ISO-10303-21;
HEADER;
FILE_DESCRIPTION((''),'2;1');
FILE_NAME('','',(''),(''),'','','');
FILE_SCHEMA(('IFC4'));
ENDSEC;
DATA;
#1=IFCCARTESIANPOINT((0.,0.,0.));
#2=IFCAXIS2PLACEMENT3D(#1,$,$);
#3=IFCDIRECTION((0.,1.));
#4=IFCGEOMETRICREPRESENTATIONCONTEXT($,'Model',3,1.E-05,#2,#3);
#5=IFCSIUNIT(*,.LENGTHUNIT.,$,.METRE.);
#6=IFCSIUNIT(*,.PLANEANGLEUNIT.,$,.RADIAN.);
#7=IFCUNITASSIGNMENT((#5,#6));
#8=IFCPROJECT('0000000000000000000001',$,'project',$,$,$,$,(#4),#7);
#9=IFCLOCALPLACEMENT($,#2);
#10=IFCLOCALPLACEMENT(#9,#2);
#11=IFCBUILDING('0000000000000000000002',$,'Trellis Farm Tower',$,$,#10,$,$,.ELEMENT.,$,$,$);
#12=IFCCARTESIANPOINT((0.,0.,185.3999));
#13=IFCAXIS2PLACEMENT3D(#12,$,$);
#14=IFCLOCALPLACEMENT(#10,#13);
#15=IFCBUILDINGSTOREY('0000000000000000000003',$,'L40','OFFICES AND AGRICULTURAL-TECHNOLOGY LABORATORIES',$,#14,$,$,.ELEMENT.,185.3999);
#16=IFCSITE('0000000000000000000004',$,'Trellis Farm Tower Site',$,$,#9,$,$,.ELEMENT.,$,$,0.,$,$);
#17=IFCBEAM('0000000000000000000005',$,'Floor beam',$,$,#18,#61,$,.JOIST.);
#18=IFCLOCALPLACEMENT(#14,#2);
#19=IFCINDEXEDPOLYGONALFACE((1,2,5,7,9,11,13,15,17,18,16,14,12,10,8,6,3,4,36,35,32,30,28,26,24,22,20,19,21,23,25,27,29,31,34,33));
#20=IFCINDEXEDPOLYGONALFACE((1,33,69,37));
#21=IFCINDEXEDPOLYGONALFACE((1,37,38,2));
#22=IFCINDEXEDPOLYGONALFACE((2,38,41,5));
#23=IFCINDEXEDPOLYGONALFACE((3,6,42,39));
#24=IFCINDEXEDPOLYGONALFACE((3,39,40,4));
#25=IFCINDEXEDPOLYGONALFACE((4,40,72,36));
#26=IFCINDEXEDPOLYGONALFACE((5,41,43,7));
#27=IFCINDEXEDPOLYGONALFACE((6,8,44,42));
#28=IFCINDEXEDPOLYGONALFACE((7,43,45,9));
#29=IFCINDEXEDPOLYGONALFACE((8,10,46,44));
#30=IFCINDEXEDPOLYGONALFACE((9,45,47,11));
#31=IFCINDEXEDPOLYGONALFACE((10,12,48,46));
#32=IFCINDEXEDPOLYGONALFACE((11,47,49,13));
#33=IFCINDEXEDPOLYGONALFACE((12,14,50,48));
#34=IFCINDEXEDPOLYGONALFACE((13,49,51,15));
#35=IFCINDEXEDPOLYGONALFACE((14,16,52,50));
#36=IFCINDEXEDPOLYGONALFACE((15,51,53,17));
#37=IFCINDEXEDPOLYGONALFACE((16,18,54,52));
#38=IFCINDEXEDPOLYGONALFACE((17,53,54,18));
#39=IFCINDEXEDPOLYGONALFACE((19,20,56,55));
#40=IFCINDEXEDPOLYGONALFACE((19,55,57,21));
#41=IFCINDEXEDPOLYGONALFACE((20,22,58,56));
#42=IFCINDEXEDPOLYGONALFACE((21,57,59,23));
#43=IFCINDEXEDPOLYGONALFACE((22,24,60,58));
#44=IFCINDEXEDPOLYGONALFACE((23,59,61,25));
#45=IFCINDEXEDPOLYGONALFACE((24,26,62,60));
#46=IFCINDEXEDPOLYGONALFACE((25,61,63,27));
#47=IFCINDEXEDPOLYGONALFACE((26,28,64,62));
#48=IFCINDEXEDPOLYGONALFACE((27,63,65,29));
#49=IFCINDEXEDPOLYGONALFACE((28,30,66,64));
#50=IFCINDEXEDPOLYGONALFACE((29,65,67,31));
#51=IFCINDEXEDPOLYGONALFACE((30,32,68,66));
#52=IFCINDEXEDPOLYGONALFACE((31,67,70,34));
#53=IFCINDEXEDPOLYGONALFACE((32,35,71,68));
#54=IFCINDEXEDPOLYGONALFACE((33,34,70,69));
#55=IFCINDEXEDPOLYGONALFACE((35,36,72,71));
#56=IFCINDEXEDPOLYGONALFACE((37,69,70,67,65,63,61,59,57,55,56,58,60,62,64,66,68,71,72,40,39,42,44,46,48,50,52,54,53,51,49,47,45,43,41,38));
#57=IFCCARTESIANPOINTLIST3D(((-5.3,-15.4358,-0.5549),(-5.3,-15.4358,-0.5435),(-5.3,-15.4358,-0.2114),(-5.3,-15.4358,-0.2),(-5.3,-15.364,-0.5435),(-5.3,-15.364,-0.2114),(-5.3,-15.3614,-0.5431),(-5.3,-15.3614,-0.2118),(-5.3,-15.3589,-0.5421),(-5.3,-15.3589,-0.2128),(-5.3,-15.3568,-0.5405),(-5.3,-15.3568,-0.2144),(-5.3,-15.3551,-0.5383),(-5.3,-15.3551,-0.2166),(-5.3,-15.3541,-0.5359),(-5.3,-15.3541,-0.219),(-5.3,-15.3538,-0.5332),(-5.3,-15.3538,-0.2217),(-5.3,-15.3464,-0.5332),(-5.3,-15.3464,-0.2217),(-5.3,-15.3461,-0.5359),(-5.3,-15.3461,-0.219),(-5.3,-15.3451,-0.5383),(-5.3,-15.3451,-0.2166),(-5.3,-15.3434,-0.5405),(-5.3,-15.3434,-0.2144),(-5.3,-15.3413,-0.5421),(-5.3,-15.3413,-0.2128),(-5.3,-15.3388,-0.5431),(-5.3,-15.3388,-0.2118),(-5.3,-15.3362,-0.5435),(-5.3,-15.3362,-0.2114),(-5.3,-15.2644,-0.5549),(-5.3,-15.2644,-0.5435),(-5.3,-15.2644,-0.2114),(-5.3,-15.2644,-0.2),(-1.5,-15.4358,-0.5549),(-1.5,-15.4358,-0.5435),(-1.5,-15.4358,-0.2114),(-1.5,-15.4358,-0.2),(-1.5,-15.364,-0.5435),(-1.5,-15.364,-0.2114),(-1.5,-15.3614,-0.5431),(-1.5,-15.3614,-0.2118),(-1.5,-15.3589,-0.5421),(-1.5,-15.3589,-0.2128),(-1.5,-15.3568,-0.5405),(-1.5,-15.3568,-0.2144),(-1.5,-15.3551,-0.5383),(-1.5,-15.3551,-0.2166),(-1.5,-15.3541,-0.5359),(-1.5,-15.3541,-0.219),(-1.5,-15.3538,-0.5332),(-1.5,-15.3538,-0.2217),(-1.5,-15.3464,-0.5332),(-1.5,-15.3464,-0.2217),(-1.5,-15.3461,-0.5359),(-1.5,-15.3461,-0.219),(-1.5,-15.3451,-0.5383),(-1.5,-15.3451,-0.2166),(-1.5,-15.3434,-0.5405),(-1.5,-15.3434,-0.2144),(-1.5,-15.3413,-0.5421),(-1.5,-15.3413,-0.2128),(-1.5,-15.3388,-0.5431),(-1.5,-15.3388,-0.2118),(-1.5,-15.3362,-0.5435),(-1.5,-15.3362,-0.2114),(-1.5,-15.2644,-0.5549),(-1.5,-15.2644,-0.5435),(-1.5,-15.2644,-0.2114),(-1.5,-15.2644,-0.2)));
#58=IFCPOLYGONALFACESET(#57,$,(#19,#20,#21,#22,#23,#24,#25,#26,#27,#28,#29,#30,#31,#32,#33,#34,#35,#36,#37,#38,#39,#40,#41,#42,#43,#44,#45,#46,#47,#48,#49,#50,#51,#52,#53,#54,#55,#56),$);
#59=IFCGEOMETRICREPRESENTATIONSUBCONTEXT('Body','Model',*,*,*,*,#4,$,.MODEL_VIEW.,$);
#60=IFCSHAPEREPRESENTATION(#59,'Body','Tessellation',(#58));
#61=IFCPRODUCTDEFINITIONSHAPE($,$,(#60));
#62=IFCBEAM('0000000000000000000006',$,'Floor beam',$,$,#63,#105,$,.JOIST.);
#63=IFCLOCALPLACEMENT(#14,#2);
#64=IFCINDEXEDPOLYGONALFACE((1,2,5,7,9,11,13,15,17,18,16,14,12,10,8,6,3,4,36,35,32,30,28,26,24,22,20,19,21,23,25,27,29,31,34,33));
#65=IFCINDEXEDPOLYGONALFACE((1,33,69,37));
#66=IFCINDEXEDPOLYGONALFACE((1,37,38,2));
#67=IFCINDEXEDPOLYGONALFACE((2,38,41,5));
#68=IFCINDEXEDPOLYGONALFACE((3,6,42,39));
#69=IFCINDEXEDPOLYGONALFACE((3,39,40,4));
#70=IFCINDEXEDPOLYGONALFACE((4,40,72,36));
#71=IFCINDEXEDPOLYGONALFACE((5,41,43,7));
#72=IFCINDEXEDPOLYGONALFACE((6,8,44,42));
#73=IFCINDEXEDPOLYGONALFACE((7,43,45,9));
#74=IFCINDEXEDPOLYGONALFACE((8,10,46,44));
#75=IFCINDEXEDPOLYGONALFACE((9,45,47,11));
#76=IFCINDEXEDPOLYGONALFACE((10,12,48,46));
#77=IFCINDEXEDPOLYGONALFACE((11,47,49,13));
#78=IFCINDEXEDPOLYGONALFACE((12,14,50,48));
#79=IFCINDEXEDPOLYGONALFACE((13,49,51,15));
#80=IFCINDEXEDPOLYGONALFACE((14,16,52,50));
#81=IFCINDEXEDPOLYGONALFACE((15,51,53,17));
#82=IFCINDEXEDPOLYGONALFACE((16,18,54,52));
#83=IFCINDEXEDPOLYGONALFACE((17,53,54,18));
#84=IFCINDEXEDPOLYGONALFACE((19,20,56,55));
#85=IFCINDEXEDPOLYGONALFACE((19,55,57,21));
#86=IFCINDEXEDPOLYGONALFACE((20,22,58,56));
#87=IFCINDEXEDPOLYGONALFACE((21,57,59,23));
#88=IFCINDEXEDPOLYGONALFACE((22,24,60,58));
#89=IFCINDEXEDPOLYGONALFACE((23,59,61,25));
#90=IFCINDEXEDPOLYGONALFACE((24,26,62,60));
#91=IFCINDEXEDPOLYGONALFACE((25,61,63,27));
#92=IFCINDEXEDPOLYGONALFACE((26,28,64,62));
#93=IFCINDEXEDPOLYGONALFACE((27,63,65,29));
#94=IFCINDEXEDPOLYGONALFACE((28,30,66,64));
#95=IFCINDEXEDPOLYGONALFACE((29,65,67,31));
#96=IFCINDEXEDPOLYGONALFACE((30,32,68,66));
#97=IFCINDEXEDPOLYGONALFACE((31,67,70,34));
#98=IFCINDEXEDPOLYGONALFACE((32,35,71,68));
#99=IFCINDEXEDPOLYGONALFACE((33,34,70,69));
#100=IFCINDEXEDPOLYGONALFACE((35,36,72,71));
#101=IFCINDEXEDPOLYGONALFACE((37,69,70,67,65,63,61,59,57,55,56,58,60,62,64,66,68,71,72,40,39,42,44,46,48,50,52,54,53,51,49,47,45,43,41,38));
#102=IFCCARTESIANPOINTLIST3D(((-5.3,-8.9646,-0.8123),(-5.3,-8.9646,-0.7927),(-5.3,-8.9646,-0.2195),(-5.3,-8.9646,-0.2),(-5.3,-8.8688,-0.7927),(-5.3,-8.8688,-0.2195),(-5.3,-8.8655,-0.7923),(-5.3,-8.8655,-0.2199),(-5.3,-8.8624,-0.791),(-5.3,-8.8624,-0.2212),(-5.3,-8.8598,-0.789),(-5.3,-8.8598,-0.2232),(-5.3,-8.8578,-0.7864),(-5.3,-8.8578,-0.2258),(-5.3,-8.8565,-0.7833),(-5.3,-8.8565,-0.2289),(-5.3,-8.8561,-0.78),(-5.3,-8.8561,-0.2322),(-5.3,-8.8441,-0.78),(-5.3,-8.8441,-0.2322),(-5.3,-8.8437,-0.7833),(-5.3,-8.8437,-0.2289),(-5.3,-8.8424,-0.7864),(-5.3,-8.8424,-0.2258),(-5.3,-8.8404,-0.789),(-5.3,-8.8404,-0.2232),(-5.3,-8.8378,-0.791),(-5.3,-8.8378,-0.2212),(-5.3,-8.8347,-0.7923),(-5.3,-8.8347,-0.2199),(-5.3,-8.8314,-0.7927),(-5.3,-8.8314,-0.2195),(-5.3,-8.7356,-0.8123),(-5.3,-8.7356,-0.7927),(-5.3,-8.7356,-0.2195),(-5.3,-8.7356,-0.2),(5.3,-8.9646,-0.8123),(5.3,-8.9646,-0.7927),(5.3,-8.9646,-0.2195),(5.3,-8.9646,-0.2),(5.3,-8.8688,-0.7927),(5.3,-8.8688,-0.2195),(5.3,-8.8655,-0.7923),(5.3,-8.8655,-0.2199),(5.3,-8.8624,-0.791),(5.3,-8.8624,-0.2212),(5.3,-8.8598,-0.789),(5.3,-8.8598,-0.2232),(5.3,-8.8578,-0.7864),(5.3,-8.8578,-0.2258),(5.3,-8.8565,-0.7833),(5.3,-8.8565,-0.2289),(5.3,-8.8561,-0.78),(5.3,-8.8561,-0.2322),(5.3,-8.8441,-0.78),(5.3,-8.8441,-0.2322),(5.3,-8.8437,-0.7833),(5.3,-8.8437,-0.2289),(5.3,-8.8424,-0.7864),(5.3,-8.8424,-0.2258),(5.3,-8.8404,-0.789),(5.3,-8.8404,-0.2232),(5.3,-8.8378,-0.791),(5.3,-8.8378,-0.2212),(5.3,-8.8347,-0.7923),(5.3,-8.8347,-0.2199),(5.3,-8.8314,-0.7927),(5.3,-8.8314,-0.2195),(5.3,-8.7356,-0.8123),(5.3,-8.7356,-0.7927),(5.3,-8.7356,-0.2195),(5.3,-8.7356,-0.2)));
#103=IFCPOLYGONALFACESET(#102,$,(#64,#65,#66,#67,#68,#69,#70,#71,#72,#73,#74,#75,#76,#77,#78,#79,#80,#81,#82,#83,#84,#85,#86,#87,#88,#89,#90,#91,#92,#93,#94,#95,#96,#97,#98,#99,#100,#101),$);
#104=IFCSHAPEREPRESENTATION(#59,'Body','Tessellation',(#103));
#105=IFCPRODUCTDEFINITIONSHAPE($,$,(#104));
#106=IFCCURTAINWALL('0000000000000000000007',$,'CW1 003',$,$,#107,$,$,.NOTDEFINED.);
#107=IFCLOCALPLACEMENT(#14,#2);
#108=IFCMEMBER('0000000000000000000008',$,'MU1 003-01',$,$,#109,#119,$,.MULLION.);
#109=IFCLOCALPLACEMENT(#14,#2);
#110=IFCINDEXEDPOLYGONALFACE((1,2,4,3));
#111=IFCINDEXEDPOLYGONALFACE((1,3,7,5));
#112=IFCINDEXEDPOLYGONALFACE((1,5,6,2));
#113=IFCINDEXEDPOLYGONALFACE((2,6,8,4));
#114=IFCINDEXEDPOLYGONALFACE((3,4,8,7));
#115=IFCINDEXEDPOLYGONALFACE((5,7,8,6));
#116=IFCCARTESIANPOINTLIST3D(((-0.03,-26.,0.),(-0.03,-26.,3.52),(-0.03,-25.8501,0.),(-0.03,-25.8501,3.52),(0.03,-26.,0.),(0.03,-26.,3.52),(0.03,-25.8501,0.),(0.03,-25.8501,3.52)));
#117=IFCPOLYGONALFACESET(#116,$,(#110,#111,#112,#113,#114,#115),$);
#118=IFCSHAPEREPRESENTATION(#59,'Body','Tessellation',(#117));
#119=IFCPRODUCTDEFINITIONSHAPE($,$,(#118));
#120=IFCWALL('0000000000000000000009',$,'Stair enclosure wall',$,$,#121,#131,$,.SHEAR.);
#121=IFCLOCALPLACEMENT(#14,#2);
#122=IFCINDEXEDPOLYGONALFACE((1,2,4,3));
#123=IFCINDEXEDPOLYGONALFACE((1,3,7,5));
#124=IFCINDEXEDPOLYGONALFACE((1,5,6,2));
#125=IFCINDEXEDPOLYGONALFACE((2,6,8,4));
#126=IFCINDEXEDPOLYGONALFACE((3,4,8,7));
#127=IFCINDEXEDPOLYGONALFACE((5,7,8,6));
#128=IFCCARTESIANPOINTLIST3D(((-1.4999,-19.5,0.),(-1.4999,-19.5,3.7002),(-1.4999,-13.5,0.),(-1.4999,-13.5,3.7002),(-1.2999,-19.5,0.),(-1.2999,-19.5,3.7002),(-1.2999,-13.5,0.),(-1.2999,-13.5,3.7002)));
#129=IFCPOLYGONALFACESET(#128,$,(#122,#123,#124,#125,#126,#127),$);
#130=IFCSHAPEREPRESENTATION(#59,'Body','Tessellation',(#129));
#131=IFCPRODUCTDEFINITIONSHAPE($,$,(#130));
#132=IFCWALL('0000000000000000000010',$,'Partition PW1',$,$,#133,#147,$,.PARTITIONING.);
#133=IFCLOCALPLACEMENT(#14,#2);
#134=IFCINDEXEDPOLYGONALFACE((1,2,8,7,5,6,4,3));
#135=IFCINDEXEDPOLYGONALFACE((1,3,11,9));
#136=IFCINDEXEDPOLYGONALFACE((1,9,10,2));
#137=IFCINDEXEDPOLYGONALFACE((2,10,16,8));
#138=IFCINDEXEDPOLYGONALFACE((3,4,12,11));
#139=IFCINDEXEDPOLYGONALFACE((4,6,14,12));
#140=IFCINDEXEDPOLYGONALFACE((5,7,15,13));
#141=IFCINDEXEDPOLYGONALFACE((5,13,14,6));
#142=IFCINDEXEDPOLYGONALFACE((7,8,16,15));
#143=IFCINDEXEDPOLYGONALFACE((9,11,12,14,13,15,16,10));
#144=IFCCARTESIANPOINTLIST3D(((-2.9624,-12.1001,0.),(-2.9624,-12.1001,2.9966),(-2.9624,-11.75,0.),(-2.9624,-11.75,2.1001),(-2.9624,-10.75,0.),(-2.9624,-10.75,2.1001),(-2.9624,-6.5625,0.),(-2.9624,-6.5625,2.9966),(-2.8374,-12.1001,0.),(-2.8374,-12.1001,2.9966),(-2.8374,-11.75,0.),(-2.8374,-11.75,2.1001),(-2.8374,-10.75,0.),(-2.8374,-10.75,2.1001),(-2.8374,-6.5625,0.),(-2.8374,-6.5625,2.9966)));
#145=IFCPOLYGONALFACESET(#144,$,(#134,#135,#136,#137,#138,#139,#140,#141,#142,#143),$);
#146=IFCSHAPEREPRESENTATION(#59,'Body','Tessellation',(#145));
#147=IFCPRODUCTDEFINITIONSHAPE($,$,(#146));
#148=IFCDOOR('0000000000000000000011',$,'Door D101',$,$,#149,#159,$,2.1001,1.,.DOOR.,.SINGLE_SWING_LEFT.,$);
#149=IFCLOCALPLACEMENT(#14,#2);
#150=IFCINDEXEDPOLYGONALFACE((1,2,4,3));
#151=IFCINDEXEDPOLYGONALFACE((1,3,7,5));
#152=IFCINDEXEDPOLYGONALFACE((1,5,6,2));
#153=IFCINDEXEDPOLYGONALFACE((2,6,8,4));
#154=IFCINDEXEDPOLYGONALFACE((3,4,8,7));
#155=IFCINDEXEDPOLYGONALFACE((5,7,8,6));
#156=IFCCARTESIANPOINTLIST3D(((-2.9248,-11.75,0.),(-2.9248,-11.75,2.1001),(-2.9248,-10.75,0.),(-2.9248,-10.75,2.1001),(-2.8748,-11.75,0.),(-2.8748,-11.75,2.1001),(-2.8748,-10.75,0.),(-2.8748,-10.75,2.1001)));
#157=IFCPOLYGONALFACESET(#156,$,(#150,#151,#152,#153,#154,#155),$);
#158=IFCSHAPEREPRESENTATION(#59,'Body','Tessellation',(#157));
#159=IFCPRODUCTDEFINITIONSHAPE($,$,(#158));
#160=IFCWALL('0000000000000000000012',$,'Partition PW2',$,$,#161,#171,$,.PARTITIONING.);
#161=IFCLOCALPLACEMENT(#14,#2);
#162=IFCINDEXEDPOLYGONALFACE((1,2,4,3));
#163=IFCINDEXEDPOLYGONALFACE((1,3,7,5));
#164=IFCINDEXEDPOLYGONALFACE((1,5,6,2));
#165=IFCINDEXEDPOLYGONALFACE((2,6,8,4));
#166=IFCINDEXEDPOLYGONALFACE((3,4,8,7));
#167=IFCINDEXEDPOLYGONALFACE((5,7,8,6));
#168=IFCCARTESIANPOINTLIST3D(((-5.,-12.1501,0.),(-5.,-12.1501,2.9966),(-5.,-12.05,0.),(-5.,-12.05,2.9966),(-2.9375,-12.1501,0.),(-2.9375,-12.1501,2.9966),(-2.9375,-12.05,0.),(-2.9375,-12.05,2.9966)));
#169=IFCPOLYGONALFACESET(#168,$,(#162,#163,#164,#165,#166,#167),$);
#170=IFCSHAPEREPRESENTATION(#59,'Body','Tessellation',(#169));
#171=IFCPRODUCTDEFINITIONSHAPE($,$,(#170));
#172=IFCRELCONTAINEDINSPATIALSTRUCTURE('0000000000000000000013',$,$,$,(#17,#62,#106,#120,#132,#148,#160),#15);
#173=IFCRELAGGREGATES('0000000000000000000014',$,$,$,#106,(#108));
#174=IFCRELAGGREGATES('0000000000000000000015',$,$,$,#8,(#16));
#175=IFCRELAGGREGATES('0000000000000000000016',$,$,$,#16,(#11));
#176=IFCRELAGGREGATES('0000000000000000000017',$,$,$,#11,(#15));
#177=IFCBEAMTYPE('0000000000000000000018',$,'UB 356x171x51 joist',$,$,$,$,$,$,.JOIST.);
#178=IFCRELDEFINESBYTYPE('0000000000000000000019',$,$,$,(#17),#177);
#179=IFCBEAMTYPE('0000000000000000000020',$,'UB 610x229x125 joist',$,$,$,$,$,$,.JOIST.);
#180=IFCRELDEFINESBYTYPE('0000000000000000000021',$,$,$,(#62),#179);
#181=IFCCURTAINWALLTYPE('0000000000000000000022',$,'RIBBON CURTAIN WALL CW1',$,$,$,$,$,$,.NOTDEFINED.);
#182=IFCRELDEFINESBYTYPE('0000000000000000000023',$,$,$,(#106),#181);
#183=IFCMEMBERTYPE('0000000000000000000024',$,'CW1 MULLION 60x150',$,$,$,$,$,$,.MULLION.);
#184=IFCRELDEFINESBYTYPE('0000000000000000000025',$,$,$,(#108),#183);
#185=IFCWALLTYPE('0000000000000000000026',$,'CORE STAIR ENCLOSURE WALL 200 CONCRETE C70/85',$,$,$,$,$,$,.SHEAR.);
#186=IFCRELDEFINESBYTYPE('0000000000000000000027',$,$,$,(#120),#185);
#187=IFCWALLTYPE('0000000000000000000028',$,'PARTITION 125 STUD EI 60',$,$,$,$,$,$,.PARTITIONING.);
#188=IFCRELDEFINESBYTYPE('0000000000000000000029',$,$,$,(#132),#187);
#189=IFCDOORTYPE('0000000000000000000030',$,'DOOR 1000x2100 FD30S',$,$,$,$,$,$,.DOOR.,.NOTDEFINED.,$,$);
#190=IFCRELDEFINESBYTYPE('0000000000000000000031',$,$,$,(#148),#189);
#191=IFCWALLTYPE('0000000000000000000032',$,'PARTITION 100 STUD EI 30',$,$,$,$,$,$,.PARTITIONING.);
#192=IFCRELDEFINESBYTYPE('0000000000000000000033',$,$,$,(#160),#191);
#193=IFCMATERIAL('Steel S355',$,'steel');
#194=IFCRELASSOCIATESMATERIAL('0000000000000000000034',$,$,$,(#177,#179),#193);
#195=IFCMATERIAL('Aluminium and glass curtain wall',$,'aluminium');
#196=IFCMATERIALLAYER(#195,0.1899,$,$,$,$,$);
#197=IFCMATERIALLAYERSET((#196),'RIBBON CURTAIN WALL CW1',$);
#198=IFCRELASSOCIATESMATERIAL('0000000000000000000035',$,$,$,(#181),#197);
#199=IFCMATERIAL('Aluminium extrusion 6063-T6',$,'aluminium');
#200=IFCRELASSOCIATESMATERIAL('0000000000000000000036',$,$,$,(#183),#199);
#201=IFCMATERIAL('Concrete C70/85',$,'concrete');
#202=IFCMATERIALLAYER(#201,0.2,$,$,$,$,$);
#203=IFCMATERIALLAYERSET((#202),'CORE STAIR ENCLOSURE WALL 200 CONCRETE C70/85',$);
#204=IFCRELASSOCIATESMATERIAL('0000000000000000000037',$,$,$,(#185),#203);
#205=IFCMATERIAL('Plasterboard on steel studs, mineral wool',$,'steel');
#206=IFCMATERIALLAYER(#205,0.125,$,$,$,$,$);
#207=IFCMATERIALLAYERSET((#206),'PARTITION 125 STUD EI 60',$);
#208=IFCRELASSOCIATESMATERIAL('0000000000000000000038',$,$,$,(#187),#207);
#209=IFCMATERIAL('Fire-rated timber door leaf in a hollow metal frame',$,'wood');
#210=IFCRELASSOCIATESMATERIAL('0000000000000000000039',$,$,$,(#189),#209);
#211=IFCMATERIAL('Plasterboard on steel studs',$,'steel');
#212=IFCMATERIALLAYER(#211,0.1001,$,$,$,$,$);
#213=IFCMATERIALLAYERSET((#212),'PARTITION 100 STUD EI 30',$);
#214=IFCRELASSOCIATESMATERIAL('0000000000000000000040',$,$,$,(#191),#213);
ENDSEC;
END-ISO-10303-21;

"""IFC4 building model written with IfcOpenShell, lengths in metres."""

from ifc_helpers import new_model, si_unit, direction, frame, frame_2d, origin, origin_2d, place, context, subcontext, project, spatial, rectangle, i_section, extrude, source, transform, mapped, material, layer, layer_set, material_profile, profile_set, type_object, element, fill, aggregate, save


model = new_model("IFC4")

# Units and contexts
model_context = context("Model", 3, precision=1e-05, world=origin(), true_north=direction((0.0, 1.0)))
body_context = subcontext(model_context, "Body", "Model", "MODEL_VIEW")
ifc_project = project(units=[si_unit("LENGTHUNIT", "METRE"), si_unit("PLANEANGLEUNIT", "RADIAN")], contexts=[model_context])

# Site, building, storey
site_placement = place(None, origin())
site = spatial("IfcSite", under=ifc_project, at=site_placement, Name="Trellis Farm Tower Site", CompositionType="ELEMENT", RefElevation=0.0)
building_placement = place(site_placement, origin())
building = spatial("IfcBuilding", under=site, at=building_placement, Name="Trellis Farm Tower", CompositionType="ELEMENT")
storey_placement = place(building_placement, frame((0.0, 0.0, 185.3999)))
storey = spatial("IfcBuildingStorey", under=building, at=storey_placement, Name="L40", Description="OFFICES AND AGRICULTURAL-TECHNOLOGY LABORATORIES", CompositionType="ELEMENT", Elevation=185.3999)

# Shared definitions
ifc_material_1 = material(Name="Concrete C70/85", Category="concrete")

# Beams
ifc_material_2 = material(Name="Steel S355", Category="steel")
ifc_material_profile_1 = material_profile(ifc_material_2, i_section(OverallWidth=0.1714, OverallDepth=0.355, WebThickness=0.0073, FlangeThickness=0.0115, FilletRadius=0.0103, at=origin_2d()), Name="UB 356x171x51")
ifc_profile_set_1 = profile_set([ifc_material_profile_1], Name="Steel S355")
beam_type_1 = type_object("IfcBeamType", Name="UB 356x171x51 joist", PredefinedType="JOIST", material=ifc_profile_set_1)
shared_shape_1 = source(origin(), body_context, "Body", "SweptSolid", [
    extrude(i_section(OverallWidth=0.1714, OverallDepth=0.355, WebThickness=0.0073, FlangeThickness=0.0115, FilletRadius=0.0103, at=origin_2d()), origin(), (0.0, 0.0, 1.0), 3.8),
])
beam_1_placement = place(storey_placement, frame((-5.3, -15.3501, -0.3774), z_axis=(1.0, 0.0, 0.0), x_axis=(0.0, 1.0, 0.0)))
element("IfcBeam", 1, at=beam_1_placement, inside=storey, type_object=beam_type_1, Name="Floor beam", PredefinedType="JOIST", context=body_context, shape_type="MappedRepresentation", body=[
    mapped(shared_shape_1, transform((0.0, 0.0, 0.0))),
])
ifc_material_profile_2 = material_profile(ifc_material_2, i_section(OverallWidth=0.229, OverallDepth=0.6123, WebThickness=0.012, FlangeThickness=0.0195, FilletRadius=0.0127, at=origin_2d()), Name="UB 610x229x125")
ifc_profile_set_2 = profile_set([ifc_material_profile_2], Name="Steel S355")
beam_type_2 = type_object("IfcBeamType", Name="UB 610x229x125 joist", PredefinedType="JOIST", material=ifc_profile_set_2)
shared_shape_2 = source(origin(), body_context, "Body", "SweptSolid", [
    extrude(i_section(OverallWidth=0.229, OverallDepth=0.6123, WebThickness=0.012, FlangeThickness=0.0195, FilletRadius=0.0127, at=origin_2d()), origin(), (0.0, 0.0, 1.0), 10.6001),
])
beam_2_placement = place(storey_placement, frame((-5.3, -8.8501, -0.5061), z_axis=(1.0, 0.0, 0.0), x_axis=(0.0, 1.0, 0.0)))
element("IfcBeam", 2, at=beam_2_placement, inside=storey, type_object=beam_type_2, Name="Floor beam", PredefinedType="JOIST", context=body_context, shape_type="MappedRepresentation", body=[
    mapped(shared_shape_2, transform((0.0, 0.0, 0.0))),
])

# Curtain wall, member
ifc_material_3 = material(Name="Aluminium and glass curtain wall", Category="aluminium")
ifc_layer_1 = layer(ifc_material_3, 0.1899)
ifc_layer_set_1 = layer_set([ifc_layer_1], Name="RIBBON CURTAIN WALL CW1")
curtain_wall_type = type_object("IfcCurtainWallType", Name="RIBBON CURTAIN WALL CW1", PredefinedType="NOTDEFINED", material=ifc_layer_set_1)
placement = place(storey_placement, origin())
curtain_wall = element("IfcCurtainWall", 3, at=placement, inside=storey, type_object=curtain_wall_type, Name="CW1 003", PredefinedType="NOTDEFINED")
ifc_material_4 = material(Name="Aluminium extrusion 6063-T6", Category="aluminium")
ifc_material_profile_3 = material_profile(ifc_material_4, rectangle(XDim=0.0601, YDim=0.1499, at=origin_2d()), Name="MULLION 60x150")
ifc_profile_set_3 = profile_set([ifc_material_profile_3], Name="Aluminium extrusion 6063-T6")
member_type = type_object("IfcMemberType", Name="CW1 MULLION 60x150", PredefinedType="MULLION", material=ifc_profile_set_3)
shared_shape_3 = source(origin(), body_context, "Body", "SweptSolid", [
    extrude(rectangle(XDim=0.0601, YDim=0.1499, at=origin_2d()), origin(), (0.0, 0.0, 1.0), 3.52),
])
member_placement = place(storey_placement, frame((0.0, -25.925, 0.0), z_axis=(0.0, 0.0, 1.0), x_axis=(1.0, 0.0, 0.0)))
member = element("IfcMember", 4, at=member_placement, type_object=member_type, Name="MU1 003-01", PredefinedType="MULLION", context=body_context, shape_type="MappedRepresentation", body=[
    mapped(shared_shape_3, transform((0.0, 0.0, 0.0))),
])
aggregate(curtain_wall, [member])

# Wall
ifc_layer_2 = layer(ifc_material_1, 0.2)
ifc_layer_set_2 = layer_set([ifc_layer_2], Name="CORE STAIR ENCLOSURE WALL 200 CONCRETE C70/85")
wall_type_1 = type_object("IfcWallType", Name="CORE STAIR ENCLOSURE WALL 200 CONCRETE C70/85", PredefinedType="SHEAR", material=ifc_layer_set_2)
shared_shape_4 = source(origin(), body_context, "Body", "SweptSolid", [
    extrude(rectangle(XDim=6.0, YDim=0.2, at=frame_2d((3.0, 0.0))), origin(), (0.0, 0.0, 1.0), 3.7002),
])
wall_1_placement = place(storey_placement, frame((-1.3999, -13.5, 0.0), z_axis=(0.0, 0.0, 1.0), x_axis=(0.0, -1.0, 0.0)))
element("IfcWall", 5, at=wall_1_placement, inside=storey, type_object=wall_type_1, Name="Stair enclosure wall", PredefinedType="SHEAR", context=body_context, shape_type="MappedRepresentation", body=[
    mapped(shared_shape_4, transform((0.0, 0.0, 0.0))),
])

# Wall, opening, door
ifc_material_5 = material(Name="Plasterboard on steel studs, mineral wool", Category="steel")
ifc_layer_3 = layer(ifc_material_5, 0.125)
ifc_layer_set_3 = layer_set([ifc_layer_3], Name="PARTITION 125 STUD EI 60")
wall_type_2 = type_object("IfcWallType", Name="PARTITION 125 STUD EI 60", PredefinedType="PARTITIONING", material=ifc_layer_set_3)
shared_shape_5 = source(origin(), body_context, "Body", "SweptSolid", [
    extrude(rectangle(XDim=5.5376, YDim=0.125, at=frame_2d((2.7688, 0.0))), origin(), (0.0, 0.0, 1.0), 2.9966),
])
wall_2_placement = place(storey_placement, frame((-2.8999, -12.1001, 0.0), z_axis=(0.0, 0.0, 1.0), x_axis=(0.0, 1.0, 0.0)))
wall_2 = element("IfcWall", 6, at=wall_2_placement, inside=storey, type_object=wall_type_2, Name="Partition PW1", PredefinedType="PARTITIONING", context=body_context, shape_type="MappedRepresentation", body=[
    mapped(shared_shape_5, transform((0.0, 0.0, 0.0))),
])
shared_shape_6 = source(origin(), body_context, "Body", "SweptSolid", [
    extrude(rectangle(XDim=1.0, YDim=2.1001, at=frame_2d((0.5, 1.05))), frame((0.0, 0.0725, 0.0), z_axis=(0.0, -1.0, 0.0), x_axis=(1.0, 0.0, 0.0)), (0.0, 0.0, 1.0), 0.145),
])
opening_1_placement = place(wall_2_placement, frame((0.3501, 0.0, 0.0)))
opening_1 = element("IfcOpeningElement", 7, at=opening_1_placement, cuts=wall_2, PredefinedType="OPENING", context=body_context, shape_type="MappedRepresentation", body=[
    mapped(shared_shape_6, transform((0.0, 0.0, 0.0))),
])
ifc_material_6 = material(Name="Fire-rated timber door leaf in a hollow metal frame", Category="wood")
door_type_1 = type_object("IfcDoorType", Name="DOOR 1000x2100 FD30S", OperationType="NOTDEFINED", PredefinedType="DOOR", material=ifc_material_6)
shared_shape_7 = source(origin(), body_context, "Body", "SweptSolid", [
    extrude(rectangle(XDim=1.0, YDim=2.1001, at=frame_2d((0.5, 1.05))), frame((0.0, 0.0249, 0.0), z_axis=(0.0, -1.0, 0.0), x_axis=(1.0, 0.0, 0.0)), (0.0, 0.0, 1.0), 0.05),
])
door_1_placement = place(opening_1_placement, origin())
door_1 = element("IfcDoor", 8, at=door_1_placement, inside=storey, type_object=door_type_1, Name="Door D101", OperationType="SINGLE_SWING_LEFT", OverallHeight=2.1001, OverallWidth=1.0, PredefinedType="DOOR", context=body_context, shape_type="MappedRepresentation", body=[
    mapped(shared_shape_7, transform((0.0, 0.0, 0.0))),
])
fill(opening_1, door_1)

# Wall
ifc_material_7 = material(Name="Plasterboard on steel studs", Category="steel")
ifc_layer_4 = layer(ifc_material_7, 0.1001)
ifc_layer_set_4 = layer_set([ifc_layer_4], Name="PARTITION 100 STUD EI 30")
wall_type_3 = type_object("IfcWallType", Name="PARTITION 100 STUD EI 30", PredefinedType="PARTITIONING", material=ifc_layer_set_4)
shared_shape_8 = source(origin(), body_context, "Body", "SweptSolid", [
    extrude(rectangle(XDim=2.0625, YDim=0.1001, at=frame_2d((1.0312, 0.0))), origin(), (0.0, 0.0, 1.0), 2.9966),
])
wall_3_placement = place(storey_placement, frame((-5.0, -12.1001, 0.0), z_axis=(0.0, 0.0, 1.0), x_axis=(1.0, 0.0, 0.0)))
element("IfcWall", 9, at=wall_3_placement, inside=storey, type_object=wall_type_3, Name="Partition PW2", PredefinedType="PARTITIONING", context=body_context, shape_type="MappedRepresentation", body=[
    mapped(shared_shape_8, transform((0.0, 0.0, 0.0))),
])

save(model, "model.ifc")
